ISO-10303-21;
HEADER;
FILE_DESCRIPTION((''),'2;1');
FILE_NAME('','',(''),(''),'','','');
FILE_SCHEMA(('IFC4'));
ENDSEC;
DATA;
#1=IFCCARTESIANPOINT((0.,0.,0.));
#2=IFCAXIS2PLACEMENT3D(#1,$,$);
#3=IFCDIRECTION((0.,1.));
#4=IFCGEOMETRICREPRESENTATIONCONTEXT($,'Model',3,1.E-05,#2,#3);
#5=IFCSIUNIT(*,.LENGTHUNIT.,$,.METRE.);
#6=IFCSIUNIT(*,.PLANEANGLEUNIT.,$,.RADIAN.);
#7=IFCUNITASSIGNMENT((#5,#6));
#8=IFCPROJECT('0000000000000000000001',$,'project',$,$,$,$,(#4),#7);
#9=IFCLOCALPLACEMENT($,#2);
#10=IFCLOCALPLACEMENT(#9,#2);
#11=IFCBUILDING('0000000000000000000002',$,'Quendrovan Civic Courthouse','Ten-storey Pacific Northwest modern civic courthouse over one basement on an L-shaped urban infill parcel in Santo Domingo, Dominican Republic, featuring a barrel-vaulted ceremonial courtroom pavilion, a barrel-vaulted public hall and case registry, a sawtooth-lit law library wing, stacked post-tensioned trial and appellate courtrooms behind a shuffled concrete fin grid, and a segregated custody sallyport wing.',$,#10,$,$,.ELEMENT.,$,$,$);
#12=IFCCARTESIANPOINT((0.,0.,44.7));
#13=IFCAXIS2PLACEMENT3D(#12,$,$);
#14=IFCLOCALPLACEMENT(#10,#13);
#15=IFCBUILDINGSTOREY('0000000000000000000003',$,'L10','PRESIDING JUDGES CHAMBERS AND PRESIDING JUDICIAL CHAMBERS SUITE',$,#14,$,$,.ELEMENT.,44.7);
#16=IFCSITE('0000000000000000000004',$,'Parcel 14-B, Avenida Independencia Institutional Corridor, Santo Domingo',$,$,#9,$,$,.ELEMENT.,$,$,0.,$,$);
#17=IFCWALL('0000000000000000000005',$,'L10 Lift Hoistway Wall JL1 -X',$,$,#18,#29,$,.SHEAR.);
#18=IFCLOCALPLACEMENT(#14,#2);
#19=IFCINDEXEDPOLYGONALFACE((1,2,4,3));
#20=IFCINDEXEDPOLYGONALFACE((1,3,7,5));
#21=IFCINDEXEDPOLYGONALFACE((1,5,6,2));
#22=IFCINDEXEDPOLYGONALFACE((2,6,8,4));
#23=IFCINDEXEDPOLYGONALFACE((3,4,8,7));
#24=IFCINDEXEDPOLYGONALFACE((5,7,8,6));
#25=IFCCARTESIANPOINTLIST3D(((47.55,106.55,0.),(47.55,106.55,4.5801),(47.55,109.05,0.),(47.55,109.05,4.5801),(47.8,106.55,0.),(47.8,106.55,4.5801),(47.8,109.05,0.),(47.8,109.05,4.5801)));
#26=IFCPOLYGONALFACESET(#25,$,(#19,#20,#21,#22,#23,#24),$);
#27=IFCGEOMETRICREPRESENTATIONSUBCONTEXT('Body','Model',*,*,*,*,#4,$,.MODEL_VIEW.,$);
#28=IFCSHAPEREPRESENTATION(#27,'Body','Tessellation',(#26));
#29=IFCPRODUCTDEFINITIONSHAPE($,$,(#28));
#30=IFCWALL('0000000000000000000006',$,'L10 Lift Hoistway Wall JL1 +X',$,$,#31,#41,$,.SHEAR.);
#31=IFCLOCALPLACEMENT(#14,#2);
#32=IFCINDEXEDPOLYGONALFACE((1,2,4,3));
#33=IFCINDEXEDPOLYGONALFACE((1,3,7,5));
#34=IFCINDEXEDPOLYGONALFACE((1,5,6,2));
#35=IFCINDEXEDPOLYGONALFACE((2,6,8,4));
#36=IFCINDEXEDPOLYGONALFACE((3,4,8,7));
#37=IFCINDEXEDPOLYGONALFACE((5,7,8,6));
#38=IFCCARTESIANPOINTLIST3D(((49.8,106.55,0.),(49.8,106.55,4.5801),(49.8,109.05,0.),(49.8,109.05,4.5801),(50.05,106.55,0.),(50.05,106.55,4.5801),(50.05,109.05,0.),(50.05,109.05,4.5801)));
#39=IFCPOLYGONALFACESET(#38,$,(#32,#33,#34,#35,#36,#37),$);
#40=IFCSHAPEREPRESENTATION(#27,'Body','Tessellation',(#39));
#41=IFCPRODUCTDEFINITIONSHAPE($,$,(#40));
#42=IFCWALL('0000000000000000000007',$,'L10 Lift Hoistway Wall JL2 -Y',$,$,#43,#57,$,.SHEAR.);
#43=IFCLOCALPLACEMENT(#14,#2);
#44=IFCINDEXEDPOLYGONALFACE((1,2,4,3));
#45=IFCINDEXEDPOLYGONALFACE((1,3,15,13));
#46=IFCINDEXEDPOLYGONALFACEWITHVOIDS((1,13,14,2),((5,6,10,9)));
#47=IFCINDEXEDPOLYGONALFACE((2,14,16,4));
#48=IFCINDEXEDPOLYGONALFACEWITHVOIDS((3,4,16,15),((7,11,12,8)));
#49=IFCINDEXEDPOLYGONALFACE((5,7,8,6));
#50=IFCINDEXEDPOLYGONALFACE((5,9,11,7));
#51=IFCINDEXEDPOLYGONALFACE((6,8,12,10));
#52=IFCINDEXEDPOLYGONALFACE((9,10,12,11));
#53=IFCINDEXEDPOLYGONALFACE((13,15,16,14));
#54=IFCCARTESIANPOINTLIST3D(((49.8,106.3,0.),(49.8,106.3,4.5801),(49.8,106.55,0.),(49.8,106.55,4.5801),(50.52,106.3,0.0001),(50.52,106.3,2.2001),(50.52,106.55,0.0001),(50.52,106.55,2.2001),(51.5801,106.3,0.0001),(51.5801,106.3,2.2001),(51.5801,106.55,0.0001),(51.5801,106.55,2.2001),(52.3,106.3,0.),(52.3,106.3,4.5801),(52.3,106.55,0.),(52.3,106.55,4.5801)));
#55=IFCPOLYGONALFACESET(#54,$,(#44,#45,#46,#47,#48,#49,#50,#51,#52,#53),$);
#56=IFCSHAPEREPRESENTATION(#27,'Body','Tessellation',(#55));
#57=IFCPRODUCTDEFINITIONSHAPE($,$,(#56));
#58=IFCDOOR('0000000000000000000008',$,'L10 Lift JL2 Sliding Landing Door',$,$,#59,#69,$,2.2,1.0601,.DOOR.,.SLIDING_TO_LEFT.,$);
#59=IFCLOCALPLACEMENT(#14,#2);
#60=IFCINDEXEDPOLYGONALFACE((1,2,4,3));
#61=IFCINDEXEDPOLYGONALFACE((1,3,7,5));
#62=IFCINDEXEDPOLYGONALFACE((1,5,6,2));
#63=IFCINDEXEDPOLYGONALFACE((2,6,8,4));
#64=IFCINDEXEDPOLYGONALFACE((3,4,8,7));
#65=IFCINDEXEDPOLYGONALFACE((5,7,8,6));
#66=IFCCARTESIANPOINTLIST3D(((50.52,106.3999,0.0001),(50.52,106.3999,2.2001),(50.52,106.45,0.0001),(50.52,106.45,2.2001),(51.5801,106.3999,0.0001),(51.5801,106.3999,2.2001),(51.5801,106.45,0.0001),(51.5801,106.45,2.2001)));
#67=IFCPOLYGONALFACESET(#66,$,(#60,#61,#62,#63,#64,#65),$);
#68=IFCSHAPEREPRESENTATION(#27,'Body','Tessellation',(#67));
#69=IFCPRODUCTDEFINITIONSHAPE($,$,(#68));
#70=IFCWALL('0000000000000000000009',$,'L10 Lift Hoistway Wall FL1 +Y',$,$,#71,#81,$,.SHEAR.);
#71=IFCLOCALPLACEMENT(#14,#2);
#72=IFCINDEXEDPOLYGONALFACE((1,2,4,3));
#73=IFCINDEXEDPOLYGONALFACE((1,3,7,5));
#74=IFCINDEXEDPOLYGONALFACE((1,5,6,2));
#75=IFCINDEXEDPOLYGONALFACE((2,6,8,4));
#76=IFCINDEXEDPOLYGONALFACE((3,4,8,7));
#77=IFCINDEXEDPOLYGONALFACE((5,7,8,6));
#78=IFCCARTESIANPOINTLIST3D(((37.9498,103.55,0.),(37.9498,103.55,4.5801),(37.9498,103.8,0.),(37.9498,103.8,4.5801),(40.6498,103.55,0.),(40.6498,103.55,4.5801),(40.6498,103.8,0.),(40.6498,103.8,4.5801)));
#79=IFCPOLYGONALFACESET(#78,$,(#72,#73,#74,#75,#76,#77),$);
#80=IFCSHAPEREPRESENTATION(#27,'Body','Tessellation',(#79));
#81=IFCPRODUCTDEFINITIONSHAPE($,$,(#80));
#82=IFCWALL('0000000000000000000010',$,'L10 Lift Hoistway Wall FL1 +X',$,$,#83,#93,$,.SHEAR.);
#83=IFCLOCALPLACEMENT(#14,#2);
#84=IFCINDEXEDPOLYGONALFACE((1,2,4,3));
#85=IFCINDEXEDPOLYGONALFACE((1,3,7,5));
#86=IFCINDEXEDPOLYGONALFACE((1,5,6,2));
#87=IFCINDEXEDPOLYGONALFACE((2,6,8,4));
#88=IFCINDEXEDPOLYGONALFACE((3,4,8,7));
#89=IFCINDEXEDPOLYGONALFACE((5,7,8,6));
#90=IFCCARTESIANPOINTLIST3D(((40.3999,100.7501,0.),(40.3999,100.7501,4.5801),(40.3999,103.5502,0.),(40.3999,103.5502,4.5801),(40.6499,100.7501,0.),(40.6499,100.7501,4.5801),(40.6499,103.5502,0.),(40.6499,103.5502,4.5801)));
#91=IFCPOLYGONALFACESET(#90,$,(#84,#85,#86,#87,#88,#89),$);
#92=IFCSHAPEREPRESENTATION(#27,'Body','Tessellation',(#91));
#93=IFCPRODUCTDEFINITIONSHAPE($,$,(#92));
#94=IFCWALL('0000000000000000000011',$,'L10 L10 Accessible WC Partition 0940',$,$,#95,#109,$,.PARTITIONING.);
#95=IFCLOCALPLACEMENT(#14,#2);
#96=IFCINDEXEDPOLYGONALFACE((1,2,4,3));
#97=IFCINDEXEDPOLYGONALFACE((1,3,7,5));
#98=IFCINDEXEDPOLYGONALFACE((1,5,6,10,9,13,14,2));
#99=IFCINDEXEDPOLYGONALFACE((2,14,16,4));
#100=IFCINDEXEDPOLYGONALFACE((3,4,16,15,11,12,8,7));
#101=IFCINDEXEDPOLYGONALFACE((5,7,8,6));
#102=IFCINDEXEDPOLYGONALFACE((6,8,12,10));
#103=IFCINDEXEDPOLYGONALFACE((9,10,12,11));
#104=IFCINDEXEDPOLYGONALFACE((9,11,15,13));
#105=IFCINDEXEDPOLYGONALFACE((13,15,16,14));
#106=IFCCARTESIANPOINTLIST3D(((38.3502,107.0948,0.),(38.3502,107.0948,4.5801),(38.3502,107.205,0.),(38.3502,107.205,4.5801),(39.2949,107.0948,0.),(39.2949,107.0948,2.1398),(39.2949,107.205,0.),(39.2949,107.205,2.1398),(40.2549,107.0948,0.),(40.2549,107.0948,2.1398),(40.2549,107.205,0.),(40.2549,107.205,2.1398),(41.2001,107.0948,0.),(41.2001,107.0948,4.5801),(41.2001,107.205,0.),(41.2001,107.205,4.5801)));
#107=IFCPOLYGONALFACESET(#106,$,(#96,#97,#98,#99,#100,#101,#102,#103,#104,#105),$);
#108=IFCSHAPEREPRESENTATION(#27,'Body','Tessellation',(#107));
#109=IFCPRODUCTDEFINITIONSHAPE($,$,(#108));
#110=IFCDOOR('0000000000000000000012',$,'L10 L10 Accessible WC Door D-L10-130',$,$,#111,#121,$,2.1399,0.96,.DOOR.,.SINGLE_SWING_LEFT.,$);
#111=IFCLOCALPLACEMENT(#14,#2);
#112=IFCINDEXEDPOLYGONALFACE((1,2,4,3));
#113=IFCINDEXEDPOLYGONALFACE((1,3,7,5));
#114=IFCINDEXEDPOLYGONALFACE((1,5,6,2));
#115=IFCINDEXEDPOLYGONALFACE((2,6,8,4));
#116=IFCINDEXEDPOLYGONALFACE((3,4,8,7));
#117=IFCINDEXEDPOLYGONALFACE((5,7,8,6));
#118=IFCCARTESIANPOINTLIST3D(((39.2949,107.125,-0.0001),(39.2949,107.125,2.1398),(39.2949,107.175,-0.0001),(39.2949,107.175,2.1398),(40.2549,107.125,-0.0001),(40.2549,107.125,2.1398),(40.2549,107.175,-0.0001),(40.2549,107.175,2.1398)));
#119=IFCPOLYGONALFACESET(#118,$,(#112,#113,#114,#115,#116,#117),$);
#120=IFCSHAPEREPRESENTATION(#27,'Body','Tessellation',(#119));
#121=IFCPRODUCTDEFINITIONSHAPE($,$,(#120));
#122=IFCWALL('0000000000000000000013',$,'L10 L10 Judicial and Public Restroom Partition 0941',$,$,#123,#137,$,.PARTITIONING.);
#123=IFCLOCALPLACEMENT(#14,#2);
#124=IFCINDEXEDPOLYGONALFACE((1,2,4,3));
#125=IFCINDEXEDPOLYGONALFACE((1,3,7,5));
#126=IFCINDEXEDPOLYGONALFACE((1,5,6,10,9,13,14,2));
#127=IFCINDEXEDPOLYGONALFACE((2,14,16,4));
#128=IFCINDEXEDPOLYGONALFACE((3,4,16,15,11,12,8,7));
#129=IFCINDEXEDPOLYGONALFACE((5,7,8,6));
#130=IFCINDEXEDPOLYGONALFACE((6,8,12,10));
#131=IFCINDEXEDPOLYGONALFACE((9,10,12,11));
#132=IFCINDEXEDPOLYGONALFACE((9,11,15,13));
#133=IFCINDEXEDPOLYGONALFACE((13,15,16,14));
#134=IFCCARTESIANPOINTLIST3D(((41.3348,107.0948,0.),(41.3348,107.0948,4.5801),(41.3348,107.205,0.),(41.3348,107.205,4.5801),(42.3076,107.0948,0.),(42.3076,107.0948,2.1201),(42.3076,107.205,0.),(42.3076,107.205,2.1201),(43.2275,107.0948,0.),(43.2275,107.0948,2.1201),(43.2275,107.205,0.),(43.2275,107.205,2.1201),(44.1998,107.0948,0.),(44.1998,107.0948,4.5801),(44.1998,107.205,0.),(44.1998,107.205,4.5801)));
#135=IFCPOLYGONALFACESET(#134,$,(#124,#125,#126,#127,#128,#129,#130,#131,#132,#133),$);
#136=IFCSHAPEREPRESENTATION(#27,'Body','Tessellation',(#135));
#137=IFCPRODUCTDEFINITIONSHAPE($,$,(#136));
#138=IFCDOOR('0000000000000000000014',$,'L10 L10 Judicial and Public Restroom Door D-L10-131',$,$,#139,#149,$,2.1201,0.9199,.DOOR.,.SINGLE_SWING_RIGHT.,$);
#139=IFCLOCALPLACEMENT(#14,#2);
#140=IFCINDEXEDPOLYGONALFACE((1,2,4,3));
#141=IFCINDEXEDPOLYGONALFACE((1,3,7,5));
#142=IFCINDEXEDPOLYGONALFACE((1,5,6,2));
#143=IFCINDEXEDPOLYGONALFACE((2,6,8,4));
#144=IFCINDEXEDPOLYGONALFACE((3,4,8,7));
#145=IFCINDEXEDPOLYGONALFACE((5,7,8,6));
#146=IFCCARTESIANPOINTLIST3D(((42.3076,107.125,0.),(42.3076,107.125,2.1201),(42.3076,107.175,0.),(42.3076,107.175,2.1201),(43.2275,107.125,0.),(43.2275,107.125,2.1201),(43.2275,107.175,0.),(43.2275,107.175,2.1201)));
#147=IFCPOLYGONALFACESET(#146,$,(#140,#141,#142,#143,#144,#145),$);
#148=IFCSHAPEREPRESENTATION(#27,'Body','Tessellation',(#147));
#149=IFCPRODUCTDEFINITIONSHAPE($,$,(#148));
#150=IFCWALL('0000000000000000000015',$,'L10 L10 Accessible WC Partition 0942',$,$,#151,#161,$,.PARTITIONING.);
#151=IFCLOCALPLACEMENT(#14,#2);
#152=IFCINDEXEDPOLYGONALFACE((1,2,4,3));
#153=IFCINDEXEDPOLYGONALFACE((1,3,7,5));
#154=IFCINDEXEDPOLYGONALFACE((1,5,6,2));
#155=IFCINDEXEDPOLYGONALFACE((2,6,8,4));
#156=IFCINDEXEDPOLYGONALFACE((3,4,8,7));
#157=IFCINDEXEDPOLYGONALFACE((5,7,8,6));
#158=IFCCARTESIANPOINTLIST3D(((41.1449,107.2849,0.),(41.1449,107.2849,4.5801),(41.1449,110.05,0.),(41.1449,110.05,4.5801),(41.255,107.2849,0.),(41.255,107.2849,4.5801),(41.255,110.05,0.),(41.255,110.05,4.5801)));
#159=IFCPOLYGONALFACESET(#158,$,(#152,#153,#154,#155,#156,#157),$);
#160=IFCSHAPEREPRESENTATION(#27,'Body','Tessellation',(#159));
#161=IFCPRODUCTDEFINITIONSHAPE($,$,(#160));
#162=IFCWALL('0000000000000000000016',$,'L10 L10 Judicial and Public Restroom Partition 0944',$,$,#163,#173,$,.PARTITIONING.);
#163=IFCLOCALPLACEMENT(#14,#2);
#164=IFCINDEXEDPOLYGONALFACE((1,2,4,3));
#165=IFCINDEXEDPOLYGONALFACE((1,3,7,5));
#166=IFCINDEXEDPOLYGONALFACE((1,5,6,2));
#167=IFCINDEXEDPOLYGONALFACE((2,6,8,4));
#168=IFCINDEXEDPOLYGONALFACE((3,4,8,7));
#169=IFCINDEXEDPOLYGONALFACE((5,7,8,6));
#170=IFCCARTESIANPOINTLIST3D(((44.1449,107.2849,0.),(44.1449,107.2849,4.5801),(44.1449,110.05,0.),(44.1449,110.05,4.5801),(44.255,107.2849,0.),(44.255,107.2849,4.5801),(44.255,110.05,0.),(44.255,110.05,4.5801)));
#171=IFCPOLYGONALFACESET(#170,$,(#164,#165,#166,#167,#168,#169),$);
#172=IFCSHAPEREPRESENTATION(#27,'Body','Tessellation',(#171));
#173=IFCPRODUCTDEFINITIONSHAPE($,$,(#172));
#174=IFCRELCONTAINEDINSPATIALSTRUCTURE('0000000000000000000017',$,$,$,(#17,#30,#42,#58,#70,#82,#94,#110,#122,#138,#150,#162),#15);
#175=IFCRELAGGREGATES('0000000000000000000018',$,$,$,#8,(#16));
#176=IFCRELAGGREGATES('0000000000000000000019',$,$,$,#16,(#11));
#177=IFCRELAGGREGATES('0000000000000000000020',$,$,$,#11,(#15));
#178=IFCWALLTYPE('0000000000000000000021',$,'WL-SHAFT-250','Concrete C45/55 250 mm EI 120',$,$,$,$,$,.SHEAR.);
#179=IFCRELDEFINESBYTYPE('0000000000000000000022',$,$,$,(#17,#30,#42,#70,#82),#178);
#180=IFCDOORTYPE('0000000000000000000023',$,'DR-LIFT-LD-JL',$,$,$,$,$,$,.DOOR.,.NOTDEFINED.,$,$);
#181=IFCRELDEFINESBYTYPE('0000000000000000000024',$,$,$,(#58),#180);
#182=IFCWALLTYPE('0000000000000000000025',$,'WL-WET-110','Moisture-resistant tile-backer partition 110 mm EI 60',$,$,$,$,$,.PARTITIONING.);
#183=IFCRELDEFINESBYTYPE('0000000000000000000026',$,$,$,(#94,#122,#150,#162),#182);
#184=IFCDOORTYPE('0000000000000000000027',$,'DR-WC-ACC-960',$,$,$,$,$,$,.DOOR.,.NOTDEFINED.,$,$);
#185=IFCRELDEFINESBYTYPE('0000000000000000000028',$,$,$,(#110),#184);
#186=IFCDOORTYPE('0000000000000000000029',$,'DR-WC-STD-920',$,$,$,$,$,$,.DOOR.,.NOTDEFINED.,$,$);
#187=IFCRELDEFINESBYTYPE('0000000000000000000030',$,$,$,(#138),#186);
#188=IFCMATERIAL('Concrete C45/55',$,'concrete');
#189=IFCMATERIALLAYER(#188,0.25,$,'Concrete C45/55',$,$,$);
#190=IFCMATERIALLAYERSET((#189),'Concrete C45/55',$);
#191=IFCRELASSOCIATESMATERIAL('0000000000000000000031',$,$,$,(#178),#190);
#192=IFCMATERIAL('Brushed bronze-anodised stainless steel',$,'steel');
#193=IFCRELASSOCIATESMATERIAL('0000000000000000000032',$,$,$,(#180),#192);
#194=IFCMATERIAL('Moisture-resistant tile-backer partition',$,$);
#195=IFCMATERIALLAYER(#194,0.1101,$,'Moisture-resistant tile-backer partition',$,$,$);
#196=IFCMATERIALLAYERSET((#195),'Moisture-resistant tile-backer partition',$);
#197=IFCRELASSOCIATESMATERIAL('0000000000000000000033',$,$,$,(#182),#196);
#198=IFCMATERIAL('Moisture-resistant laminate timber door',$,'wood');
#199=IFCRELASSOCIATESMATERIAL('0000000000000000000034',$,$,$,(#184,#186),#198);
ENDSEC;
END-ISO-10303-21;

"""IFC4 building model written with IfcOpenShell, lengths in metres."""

from ifc_helpers import new_model, si_unit, direction, frame, frame_2d, origin, place, context, subcontext, project, spatial, rectangle, extrude, material, layer, layer_set, type_object, element, fill, save


model = new_model("IFC4")

# Units and contexts
model_context = context("Model", 3, precision=1e-05, world=origin(), true_north=direction((0.0, 1.0)))
body_context = subcontext(model_context, "Body", "Model", "MODEL_VIEW")
ifc_project = project(units=[si_unit("LENGTHUNIT", "METRE"), si_unit("PLANEANGLEUNIT", "RADIAN")], contexts=[model_context])

# Site, building, storey
site_placement = place(None, origin())
site = spatial("IfcSite", under=ifc_project, at=site_placement, Name="Parcel 14-B, Avenida Independencia Institutional Corridor, Santo Domingo", CompositionType="ELEMENT", RefElevation=0.0)
building_placement = place(site_placement, origin())
building = spatial("IfcBuilding", under=site, at=building_placement, Name="Quendrovan Civic Courthouse", Description="Ten-storey Pacific Northwest modern civic courthouse over one basement on an L-shaped urban infill parcel in Santo Domingo, Dominican Republic, featuring a barrel-vaulted ceremonial courtroom pavilion, a barrel-vaulted public hall and case registry, a sawtooth-lit law library wing, stacked post-tensioned trial and appellate courtrooms behind a shuffled concrete fin grid, and a segregated custody sallyport wing.", CompositionType="ELEMENT")
storey_placement = place(building_placement, frame((0.0, 0.0, 44.7)))
storey = spatial("IfcBuildingStorey", under=building, at=storey_placement, Name="L10", Description="PRESIDING JUDGES CHAMBERS AND PRESIDING JUDICIAL CHAMBERS SUITE", CompositionType="ELEMENT", Elevation=44.7)

# Shared definitions
ifc_material_1 = material(Name="Concrete C45/55", Category="concrete")
ifc_layer_1 = layer(ifc_material_1, 0.25, Name="Concrete C45/55")
ifc_layer_set_1 = layer_set([ifc_layer_1], Name="Concrete C45/55")
wall_type_1 = type_object("IfcWallType", Name="WL-SHAFT-250", Description="Concrete C45/55 250 mm EI 120", PredefinedType="SHEAR", material=ifc_layer_set_1)
ifc_material_2 = material(Name="Brushed bronze-anodised stainless steel", Category="steel")
door_type_1 = type_object("IfcDoorType", Name="DR-LIFT-LD-JL", OperationType="NOTDEFINED", PredefinedType="DOOR", material=ifc_material_2)

# Walls
for number, where, z_axis, x_axis, name in (
    (1, (47.675, 106.55, 0.0), (0.0, 0.0, 1.0), (0.0, 1.0, 0.0), "L10 Lift Hoistway Wall JL1 -X"),
    (2, (49.925, 109.05, 0.0), (0.0, 0.0, 1.0), (0.0, -1.0, 0.0), "L10 Lift Hoistway Wall JL1 +X"),
):
    element("IfcWall", number, at=place(storey_placement, frame(where, z_axis=z_axis, x_axis=x_axis)), inside=storey, type_object=wall_type_1, Name=name, PredefinedType="SHEAR", context=body_context, shape_type="SweptSolid", body=[
        extrude(rectangle(XDim=2.5, YDim=0.25, at=frame_2d((1.25, 0.0))), origin(), (0.0, 0.0, 1.0), 4.5801),
    ])

# Wall, opening, door
wall_1_placement = place(storey_placement, frame((49.8, 106.425, 0.0), z_axis=(0.0, 0.0, 1.0), x_axis=(1.0, 0.0, 0.0)))
wall_1 = element("IfcWall", 3, at=wall_1_placement, inside=storey, type_object=wall_type_1, Name="L10 Lift Hoistway Wall JL2 -Y", PredefinedType="SHEAR", context=body_context, shape_type="SweptSolid", body=[
    extrude(rectangle(XDim=2.5, YDim=0.25, at=frame_2d((1.25, 0.0))), origin(), (0.0, 0.0, 1.0), 4.5801),
])
opening_1_placement = place(wall_1_placement, frame((0.72, 0.0, 0.0)))
opening_1 = element("IfcOpeningElement", 4, at=opening_1_placement, cuts=wall_1, PredefinedType="OPENING", context=body_context, shape_type="SweptSolid", body=[
    extrude(rectangle(XDim=1.0601, YDim=2.2, at=frame_2d((0.53, 1.1001))), frame((0.0, 0.135, 0.0), z_axis=(0.0, -1.0, 0.0), x_axis=(1.0, 0.0, 0.0)), (0.0, 0.0, 1.0), 0.27),
])
door_1_placement = place(opening_1_placement, origin())
door_1 = element("IfcDoor", 5, at=door_1_placement, inside=storey, type_object=door_type_1, Name="L10 Lift JL2 Sliding Landing Door", OperationType="SLIDING_TO_LEFT", OverallHeight=2.2, OverallWidth=1.0601, PredefinedType="DOOR", context=body_context, shape_type="SweptSolid", body=[
    extrude(rectangle(XDim=1.0601, YDim=2.2, at=frame_2d((0.53, 1.1001))), frame((0.0, 0.0249, 0.0), z_axis=(0.0, -1.0, 0.0), x_axis=(1.0, 0.0, 0.0)), (0.0, 0.0, 1.0), 0.05),
])
fill(opening_1, door_1)

# Walls
wall_2_placement = place(storey_placement, frame((40.6499, 103.675, 0.0), z_axis=(0.0, 0.0, 1.0), x_axis=(-1.0, 0.0, 0.0)))
element("IfcWall", 6, at=wall_2_placement, inside=storey, type_object=wall_type_1, Name="L10 Lift Hoistway Wall FL1 +Y", PredefinedType="SHEAR", context=body_context, shape_type="SweptSolid", body=[
    extrude(rectangle(XDim=2.7, YDim=0.25, at=frame_2d((1.3501, 0.0))), origin(), (0.0, 0.0, 1.0), 4.5801),
])
wall_3_placement = place(storey_placement, frame((40.5249, 103.55, 0.0), z_axis=(0.0, 0.0, 1.0), x_axis=(0.0, -1.0, 0.0)))
element("IfcWall", 7, at=wall_3_placement, inside=storey, type_object=wall_type_1, Name="L10 Lift Hoistway Wall FL1 +X", PredefinedType="SHEAR", context=body_context, shape_type="SweptSolid", body=[
    extrude(rectangle(XDim=2.8, YDim=0.25, at=frame_2d((1.3999, 0.0))), origin(), (0.0, 0.0, 1.0), 4.5801),
])

# Walls, openings, doors
ifc_material_3 = material(Name="Moisture-resistant tile-backer partition")
ifc_layer_2 = layer(ifc_material_3, 0.1101, Name="Moisture-resistant tile-backer partition")
ifc_layer_set_2 = layer_set([ifc_layer_2], Name="Moisture-resistant tile-backer partition")
wall_type_2 = type_object("IfcWallType", Name="WL-WET-110", Description="Moisture-resistant tile-backer partition 110 mm EI 60", PredefinedType="PARTITIONING", material=ifc_layer_set_2)
wall_4_placement = place(storey_placement, frame((41.2, 107.1499, 0.0), z_axis=(0.0, 0.0, 1.0), x_axis=(-1.0, 0.0, 0.0)))
wall_4 = element("IfcWall", 8, at=wall_4_placement, inside=storey, type_object=wall_type_2, Name="L10 L10 Accessible WC Partition 0940", PredefinedType="PARTITIONING", context=body_context, shape_type="SweptSolid", body=[
    extrude(rectangle(XDim=2.8499, YDim=0.1101, at=frame_2d((1.4248, 0.0))), origin(), (0.0, 0.0, 1.0), 4.5801),
])
opening_2_placement = place(wall_4_placement, frame((0.9451, 0.0, 0.0)))
opening_2 = element("IfcOpeningElement", 9, at=opening_2_placement, cuts=wall_4, PredefinedType="OPENING", context=body_context, shape_type="SweptSolid", body=[
    extrude(rectangle(XDim=0.96, YDim=2.1399, at=frame_2d((0.48, 1.0698))), frame((0.0, 0.0649, 0.0), z_axis=(0.0, -1.0, 0.0), x_axis=(1.0, 0.0, 0.0)), (0.0, 0.0, 1.0), 0.1301),
])
ifc_material_4 = material(Name="Moisture-resistant laminate timber door", Category="wood")
door_type_2 = type_object("IfcDoorType", Name="DR-WC-ACC-960", OperationType="NOTDEFINED", PredefinedType="DOOR", material=ifc_material_4)
door_2_placement = place(opening_2_placement, origin())
door_2 = element("IfcDoor", 10, at=door_2_placement, inside=storey, type_object=door_type_2, Name="L10 L10 Accessible WC Door D-L10-130", OperationType="SINGLE_SWING_LEFT", OverallHeight=2.1399, OverallWidth=0.96, PredefinedType="DOOR", context=body_context, shape_type="SweptSolid", body=[
    extrude(rectangle(XDim=0.96, YDim=2.1399, at=frame_2d((0.48, 1.0698))), frame((0.0, 0.0249, 0.0), z_axis=(0.0, -1.0, 0.0), x_axis=(1.0, 0.0, 0.0)), (0.0, 0.0, 1.0), 0.05),
])
fill(opening_2, door_2)
wall_5_placement = place(storey_placement, frame((44.2, 107.1499, 0.0), z_axis=(0.0, 0.0, 1.0), x_axis=(-1.0, 0.0, 0.0)))
wall_5 = element("IfcWall", 11, at=wall_5_placement, inside=storey, type_object=wall_type_2, Name="L10 L10 Judicial and Public Restroom Partition 0941", PredefinedType="PARTITIONING", context=body_context, shape_type="SweptSolid", body=[
    extrude(rectangle(XDim=2.865, YDim=0.1101, at=frame_2d((1.4326, 0.0))), origin(), (0.0, 0.0, 1.0), 4.5801),
])
opening_3_placement = place(wall_5_placement, frame((0.9724, 0.0, 0.0)))
opening_3 = element("IfcOpeningElement", 12, at=opening_3_placement, cuts=wall_5, PredefinedType="OPENING", context=body_context, shape_type="SweptSolid", body=[
    extrude(rectangle(XDim=0.9199, YDim=2.1201, at=frame_2d((0.46, 1.0601))), frame((0.0, 0.0649, 0.0), z_axis=(0.0, -1.0, 0.0), x_axis=(1.0, 0.0, 0.0)), (0.0, 0.0, 1.0), 0.1301),
])
door_type_3 = type_object("IfcDoorType", Name="DR-WC-STD-920", OperationType="NOTDEFINED", PredefinedType="DOOR", material=ifc_material_4)
door_3_placement = place(opening_3_placement, origin())
door_3 = element("IfcDoor", 13, at=door_3_placement, inside=storey, type_object=door_type_3, Name="L10 L10 Judicial and Public Restroom Door D-L10-131", OperationType="SINGLE_SWING_RIGHT", OverallHeight=2.1201, OverallWidth=0.9199, PredefinedType="DOOR", context=body_context, shape_type="SweptSolid", body=[
    extrude(rectangle(XDim=0.9199, YDim=2.1201, at=frame_2d((0.46, 1.0601))), frame((0.0, 0.0249, 0.0), z_axis=(0.0, -1.0, 0.0), x_axis=(1.0, 0.0, 0.0)), (0.0, 0.0, 1.0), 0.05),
])
fill(opening_3, door_3)

# Walls
for number, where, z_axis, x_axis, name in (
    (14, (41.2, 110.05, 0.0), (0.0, 0.0, 1.0), (0.0, -1.0, 0.0), "L10 L10 Accessible WC Partition 0942"),
    (15, (44.2, 110.05, 0.0), (0.0, 0.0, 1.0), (0.0, -1.0, 0.0), "L10 L10 Judicial and Public Restroom Partition 0944"),
):
    element("IfcWall", number, at=place(storey_placement, frame(where, z_axis=z_axis, x_axis=x_axis)), inside=storey, type_object=wall_type_2, Name=name, PredefinedType="PARTITIONING", context=body_context, shape_type="SweptSolid", body=[
        extrude(rectangle(XDim=2.7651, YDim=0.1101, at=frame_2d((1.3826, 0.0))), origin(), (0.0, 0.0, 1.0), 4.5801),
    ])

save(model, "model.ifc")
